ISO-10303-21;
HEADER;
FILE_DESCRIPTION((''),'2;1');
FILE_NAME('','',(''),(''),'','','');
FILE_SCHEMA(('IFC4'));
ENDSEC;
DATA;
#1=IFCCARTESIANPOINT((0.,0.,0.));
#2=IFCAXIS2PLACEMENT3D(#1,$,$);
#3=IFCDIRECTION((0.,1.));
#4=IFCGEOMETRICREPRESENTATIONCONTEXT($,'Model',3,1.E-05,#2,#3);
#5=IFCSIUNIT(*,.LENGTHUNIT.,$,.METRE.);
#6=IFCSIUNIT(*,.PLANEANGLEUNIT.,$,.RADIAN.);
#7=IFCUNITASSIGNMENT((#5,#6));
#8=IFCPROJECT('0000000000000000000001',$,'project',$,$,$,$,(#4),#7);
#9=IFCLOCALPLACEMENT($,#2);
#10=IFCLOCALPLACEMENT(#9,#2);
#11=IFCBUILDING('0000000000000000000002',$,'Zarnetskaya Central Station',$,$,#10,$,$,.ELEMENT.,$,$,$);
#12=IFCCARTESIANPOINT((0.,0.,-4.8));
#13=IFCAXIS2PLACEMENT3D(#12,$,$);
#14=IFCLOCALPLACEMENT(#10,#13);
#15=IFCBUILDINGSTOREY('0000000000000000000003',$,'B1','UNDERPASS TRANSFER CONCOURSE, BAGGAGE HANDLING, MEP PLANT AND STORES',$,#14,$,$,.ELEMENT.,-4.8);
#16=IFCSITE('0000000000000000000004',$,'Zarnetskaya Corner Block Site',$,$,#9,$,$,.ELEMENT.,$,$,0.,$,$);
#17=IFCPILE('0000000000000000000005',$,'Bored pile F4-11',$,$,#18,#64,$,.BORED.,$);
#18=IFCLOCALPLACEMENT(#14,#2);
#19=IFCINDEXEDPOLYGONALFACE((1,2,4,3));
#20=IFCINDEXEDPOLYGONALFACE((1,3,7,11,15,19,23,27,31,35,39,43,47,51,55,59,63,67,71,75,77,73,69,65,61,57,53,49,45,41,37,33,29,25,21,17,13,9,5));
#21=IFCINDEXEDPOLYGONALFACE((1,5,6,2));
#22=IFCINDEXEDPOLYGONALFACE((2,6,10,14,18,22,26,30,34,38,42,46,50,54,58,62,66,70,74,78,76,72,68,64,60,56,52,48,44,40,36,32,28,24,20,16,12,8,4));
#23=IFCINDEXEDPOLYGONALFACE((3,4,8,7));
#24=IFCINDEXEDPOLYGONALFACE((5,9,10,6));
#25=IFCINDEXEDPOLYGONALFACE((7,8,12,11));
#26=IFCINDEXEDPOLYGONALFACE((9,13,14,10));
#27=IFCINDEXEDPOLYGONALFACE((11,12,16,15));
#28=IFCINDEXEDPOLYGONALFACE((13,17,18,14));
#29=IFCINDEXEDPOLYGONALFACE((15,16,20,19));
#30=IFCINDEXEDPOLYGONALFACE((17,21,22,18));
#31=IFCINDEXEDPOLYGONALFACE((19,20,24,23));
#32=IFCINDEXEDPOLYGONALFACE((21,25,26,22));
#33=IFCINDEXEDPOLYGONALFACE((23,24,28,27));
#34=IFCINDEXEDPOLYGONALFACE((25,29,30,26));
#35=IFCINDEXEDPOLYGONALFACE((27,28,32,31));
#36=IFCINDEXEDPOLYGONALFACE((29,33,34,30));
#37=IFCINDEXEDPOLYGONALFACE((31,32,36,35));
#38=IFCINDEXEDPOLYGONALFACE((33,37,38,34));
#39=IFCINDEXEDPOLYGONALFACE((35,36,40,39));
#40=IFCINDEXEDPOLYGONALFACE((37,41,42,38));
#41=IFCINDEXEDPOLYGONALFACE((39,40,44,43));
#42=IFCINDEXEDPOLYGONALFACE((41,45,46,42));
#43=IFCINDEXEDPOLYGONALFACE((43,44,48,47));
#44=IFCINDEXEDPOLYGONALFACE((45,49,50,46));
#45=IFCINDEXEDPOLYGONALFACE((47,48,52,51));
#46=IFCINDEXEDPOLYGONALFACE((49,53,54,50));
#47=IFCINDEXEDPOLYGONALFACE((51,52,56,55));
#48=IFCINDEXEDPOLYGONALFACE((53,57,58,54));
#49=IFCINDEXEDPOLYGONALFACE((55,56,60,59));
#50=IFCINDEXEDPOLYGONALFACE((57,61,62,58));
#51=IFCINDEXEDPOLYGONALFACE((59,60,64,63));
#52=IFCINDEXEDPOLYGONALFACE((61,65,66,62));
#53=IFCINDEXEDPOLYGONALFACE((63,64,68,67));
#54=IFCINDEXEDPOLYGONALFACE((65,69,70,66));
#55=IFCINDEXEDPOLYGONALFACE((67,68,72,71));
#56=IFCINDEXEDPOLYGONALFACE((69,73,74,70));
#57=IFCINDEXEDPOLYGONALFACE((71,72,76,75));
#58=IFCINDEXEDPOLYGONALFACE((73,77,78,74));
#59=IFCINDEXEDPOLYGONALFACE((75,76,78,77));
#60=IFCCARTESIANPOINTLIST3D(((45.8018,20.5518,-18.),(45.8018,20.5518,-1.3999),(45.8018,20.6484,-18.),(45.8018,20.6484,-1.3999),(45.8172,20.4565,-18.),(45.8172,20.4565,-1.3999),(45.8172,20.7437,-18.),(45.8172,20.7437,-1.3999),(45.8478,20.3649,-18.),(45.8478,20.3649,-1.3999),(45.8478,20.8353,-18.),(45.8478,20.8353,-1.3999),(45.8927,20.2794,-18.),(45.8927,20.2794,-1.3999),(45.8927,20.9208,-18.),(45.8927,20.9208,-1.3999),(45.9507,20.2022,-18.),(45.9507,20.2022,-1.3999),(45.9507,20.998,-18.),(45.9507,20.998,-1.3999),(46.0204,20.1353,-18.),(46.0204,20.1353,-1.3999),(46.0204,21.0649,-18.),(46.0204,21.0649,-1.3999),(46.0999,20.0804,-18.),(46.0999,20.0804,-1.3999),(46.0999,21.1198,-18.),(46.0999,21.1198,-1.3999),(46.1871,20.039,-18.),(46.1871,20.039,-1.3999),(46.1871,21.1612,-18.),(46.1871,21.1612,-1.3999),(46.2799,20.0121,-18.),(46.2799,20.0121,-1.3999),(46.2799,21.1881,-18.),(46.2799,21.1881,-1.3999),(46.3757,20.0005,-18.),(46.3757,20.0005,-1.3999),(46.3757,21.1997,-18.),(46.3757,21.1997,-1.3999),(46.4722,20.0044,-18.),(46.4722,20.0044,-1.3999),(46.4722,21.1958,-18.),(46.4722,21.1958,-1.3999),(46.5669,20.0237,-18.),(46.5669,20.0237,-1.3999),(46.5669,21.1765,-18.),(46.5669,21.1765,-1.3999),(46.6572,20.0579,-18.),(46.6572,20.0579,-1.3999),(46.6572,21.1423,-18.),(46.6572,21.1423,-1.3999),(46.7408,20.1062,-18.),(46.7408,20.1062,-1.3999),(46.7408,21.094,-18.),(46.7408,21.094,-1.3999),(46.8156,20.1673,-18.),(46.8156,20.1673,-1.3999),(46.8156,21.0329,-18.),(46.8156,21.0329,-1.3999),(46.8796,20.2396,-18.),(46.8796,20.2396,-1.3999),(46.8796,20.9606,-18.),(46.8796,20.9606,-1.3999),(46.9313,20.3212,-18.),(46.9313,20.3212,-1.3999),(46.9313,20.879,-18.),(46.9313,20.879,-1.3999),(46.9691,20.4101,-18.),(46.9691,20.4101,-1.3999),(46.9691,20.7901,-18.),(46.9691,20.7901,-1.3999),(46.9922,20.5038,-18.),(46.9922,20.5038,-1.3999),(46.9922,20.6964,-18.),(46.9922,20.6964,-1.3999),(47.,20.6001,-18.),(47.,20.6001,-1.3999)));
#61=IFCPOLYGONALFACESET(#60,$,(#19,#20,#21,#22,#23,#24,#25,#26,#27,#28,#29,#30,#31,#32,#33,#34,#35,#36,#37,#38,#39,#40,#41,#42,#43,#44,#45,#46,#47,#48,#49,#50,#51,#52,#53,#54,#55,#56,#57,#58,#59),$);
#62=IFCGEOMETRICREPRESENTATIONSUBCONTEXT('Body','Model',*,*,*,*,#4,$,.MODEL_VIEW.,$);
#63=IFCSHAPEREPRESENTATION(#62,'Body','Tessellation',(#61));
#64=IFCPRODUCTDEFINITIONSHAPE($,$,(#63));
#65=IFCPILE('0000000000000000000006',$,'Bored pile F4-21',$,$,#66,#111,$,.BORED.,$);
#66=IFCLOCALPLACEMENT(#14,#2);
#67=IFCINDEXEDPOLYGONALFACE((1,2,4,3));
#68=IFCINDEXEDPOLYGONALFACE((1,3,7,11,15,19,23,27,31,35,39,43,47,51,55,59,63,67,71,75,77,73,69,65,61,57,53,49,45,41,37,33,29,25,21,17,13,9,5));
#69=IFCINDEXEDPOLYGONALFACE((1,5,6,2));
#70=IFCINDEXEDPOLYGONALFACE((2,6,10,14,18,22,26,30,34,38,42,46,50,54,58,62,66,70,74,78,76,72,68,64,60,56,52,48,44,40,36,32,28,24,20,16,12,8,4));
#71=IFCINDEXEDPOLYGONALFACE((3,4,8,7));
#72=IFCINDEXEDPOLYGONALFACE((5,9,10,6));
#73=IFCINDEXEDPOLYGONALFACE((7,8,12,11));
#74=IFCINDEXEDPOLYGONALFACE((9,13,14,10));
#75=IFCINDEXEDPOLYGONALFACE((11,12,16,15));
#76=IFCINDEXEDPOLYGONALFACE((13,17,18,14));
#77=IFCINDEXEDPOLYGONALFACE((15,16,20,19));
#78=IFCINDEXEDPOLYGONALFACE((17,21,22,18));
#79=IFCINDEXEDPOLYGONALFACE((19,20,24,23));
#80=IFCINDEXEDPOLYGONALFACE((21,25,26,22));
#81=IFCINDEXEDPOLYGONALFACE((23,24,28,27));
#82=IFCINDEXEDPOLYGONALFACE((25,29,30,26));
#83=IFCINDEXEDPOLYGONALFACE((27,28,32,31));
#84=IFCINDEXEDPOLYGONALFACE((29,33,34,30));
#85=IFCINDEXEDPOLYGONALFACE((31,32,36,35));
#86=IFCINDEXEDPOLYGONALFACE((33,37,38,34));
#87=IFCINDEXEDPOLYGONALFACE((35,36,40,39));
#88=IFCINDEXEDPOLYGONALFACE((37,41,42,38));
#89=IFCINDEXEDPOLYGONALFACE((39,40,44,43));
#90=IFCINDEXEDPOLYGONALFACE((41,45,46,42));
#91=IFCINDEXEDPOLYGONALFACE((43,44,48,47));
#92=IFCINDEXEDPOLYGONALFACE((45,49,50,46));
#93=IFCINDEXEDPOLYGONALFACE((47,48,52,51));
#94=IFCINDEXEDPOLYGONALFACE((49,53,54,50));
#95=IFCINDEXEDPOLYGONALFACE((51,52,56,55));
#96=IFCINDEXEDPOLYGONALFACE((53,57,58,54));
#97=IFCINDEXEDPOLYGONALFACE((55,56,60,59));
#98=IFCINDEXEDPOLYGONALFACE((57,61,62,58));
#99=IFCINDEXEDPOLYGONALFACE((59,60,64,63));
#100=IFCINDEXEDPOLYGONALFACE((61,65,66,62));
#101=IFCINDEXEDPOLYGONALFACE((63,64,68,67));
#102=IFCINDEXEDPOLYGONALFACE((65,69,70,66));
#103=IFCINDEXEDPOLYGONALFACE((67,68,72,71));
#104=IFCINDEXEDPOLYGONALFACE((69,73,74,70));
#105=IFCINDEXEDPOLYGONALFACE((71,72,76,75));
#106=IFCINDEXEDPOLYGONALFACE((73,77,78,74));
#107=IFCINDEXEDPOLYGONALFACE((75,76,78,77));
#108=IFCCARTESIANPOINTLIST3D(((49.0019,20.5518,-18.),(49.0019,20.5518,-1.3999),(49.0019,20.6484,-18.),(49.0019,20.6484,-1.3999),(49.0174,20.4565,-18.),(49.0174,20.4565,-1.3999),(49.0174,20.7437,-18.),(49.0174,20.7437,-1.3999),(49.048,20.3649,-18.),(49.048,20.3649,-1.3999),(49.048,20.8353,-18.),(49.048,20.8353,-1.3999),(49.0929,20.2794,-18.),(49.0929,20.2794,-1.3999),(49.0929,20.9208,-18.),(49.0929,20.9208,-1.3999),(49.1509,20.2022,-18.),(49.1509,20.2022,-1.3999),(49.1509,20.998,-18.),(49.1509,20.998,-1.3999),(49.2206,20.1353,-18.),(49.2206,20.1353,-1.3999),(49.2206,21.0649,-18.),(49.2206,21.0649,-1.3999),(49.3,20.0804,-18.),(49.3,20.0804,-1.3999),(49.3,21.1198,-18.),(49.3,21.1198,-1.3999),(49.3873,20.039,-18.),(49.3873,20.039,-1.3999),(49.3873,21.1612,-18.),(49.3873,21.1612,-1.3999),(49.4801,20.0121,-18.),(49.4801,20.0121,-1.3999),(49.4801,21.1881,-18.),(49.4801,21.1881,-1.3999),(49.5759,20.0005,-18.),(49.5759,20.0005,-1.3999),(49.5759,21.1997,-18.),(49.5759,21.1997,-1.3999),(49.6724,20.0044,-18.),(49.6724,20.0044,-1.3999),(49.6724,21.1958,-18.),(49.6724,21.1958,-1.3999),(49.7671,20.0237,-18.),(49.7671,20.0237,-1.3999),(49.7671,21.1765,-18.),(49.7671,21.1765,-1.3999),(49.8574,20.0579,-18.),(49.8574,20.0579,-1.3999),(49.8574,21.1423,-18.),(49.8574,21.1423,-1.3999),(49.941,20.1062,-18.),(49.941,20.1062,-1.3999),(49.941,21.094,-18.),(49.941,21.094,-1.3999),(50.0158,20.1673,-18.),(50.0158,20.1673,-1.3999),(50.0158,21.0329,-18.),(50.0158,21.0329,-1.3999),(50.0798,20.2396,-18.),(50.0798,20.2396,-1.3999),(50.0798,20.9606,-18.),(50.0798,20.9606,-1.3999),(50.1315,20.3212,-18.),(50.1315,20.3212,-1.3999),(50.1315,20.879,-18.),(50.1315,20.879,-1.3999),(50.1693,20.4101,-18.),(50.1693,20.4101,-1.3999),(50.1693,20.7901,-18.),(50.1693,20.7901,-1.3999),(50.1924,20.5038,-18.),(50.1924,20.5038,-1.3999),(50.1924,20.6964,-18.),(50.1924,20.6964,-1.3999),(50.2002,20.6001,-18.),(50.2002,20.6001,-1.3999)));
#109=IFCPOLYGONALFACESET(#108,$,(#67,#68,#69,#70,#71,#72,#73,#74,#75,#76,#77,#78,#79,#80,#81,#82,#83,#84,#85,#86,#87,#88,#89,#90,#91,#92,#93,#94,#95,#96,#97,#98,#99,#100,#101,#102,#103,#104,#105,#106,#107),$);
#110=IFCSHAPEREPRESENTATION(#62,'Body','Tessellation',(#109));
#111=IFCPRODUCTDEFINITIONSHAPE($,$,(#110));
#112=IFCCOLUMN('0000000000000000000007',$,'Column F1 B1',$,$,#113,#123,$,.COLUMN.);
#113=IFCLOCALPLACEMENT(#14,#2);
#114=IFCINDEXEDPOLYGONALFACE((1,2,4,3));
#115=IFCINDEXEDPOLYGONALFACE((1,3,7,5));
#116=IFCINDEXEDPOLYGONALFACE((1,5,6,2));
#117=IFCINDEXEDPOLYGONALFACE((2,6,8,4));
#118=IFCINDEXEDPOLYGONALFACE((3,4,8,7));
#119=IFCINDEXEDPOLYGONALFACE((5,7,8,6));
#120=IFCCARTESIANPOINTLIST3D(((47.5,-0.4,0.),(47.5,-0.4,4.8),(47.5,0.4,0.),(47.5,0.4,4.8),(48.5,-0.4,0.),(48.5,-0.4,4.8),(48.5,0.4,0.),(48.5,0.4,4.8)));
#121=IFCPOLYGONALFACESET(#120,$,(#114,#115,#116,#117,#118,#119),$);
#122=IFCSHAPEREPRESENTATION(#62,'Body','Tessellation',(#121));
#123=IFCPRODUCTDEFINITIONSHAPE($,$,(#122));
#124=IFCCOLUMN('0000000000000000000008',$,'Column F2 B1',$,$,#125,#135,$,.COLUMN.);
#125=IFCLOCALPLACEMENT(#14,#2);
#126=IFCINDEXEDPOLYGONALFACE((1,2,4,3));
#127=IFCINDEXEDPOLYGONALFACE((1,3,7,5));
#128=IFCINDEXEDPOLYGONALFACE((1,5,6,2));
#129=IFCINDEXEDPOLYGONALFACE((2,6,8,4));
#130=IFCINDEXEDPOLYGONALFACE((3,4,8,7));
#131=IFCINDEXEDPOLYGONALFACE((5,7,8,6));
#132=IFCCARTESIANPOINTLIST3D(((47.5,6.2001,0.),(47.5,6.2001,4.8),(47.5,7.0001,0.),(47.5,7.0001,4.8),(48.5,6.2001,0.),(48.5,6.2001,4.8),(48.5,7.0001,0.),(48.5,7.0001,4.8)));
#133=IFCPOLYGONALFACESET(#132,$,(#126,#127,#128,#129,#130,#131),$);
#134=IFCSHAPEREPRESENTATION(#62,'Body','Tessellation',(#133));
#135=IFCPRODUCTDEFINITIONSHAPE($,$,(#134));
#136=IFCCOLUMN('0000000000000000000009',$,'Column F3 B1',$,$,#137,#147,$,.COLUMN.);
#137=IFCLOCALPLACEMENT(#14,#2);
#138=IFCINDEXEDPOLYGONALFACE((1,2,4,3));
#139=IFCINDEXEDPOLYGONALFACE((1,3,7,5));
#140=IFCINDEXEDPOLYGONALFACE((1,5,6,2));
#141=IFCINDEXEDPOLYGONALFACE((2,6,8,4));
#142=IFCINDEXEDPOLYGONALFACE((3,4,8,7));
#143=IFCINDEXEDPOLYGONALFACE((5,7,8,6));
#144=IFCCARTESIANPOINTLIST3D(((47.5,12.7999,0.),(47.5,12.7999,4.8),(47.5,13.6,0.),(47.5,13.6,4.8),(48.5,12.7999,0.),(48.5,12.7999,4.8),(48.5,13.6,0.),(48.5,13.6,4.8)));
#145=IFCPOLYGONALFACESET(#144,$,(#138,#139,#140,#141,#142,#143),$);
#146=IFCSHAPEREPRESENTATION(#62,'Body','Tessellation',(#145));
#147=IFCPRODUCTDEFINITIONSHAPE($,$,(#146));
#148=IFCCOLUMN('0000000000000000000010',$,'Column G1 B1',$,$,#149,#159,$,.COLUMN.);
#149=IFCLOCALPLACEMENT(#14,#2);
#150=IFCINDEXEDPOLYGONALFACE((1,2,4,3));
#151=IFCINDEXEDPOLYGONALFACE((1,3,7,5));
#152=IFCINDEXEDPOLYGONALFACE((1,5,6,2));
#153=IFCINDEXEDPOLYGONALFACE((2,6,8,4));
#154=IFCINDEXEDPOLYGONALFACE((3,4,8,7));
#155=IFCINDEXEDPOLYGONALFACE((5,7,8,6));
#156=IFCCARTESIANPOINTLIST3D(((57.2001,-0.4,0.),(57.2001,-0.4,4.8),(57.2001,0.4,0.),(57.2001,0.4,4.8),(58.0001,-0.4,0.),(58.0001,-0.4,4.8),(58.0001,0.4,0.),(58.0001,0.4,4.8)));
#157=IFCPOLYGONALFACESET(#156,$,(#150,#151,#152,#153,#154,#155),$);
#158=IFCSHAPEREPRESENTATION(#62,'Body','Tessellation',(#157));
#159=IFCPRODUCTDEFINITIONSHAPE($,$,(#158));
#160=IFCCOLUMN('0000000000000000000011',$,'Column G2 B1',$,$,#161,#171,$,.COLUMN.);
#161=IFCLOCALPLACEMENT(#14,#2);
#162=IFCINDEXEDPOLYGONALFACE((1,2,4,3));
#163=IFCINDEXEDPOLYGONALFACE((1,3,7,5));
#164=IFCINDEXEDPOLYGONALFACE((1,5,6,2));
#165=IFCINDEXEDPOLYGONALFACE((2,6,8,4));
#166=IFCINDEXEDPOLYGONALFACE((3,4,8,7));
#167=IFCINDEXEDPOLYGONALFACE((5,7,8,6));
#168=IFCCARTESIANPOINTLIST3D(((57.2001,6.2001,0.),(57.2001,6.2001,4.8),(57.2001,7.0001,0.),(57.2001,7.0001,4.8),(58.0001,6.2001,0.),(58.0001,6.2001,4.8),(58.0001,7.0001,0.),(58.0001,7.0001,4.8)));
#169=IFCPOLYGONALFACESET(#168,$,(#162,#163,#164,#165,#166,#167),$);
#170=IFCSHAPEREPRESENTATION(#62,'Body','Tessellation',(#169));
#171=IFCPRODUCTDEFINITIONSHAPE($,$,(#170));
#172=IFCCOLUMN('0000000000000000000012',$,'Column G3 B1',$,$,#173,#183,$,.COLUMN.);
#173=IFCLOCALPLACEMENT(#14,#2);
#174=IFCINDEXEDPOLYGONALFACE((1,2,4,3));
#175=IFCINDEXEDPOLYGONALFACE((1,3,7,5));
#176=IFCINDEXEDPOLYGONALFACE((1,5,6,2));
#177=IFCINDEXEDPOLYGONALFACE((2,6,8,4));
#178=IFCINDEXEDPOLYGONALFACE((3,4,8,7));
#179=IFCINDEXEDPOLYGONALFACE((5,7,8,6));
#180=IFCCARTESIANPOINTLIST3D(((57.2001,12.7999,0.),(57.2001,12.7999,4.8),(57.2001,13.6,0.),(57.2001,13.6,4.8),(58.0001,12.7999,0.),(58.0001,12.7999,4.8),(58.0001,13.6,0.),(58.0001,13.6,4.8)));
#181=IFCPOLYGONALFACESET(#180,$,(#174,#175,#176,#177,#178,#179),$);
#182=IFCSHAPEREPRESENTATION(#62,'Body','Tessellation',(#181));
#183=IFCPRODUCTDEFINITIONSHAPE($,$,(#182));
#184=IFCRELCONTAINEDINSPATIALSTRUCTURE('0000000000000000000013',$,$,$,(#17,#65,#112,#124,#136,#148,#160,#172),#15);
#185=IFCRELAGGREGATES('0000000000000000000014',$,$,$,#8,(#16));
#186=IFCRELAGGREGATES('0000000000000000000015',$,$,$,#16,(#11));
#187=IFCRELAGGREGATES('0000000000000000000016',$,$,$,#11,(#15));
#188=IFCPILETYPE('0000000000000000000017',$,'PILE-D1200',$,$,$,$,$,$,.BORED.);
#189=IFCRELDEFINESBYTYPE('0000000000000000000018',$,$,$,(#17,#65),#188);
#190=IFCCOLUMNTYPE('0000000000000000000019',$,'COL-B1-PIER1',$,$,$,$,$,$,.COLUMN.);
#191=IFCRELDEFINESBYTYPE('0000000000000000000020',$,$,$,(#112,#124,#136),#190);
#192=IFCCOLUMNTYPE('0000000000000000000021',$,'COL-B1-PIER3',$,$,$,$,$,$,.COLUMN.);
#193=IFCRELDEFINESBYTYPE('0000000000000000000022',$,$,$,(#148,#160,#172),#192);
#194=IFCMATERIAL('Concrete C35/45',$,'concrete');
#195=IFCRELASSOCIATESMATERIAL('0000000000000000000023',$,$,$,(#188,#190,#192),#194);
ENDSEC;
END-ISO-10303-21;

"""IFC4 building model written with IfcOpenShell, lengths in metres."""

from ifc_helpers import new_model, si_unit, direction, frame, origin, origin_2d, place, context, subcontext, project, spatial, rectangle, circle, extrude, material, material_profile, profile_set, type_object, element, save


model = new_model("IFC4")

# Units and contexts
model_context = context("Model", 3, precision=1e-05, world=origin(), true_north=direction((0.0, 1.0)))
body_context = subcontext(model_context, "Body", "Model", "MODEL_VIEW")
ifc_project = project(units=[si_unit("LENGTHUNIT", "METRE"), si_unit("PLANEANGLEUNIT", "RADIAN")], contexts=[model_context])

# Site, building, storey
site_placement = place(None, origin())
site = spatial("IfcSite", under=ifc_project, at=site_placement, Name="Zarnetskaya Corner Block Site", CompositionType="ELEMENT", RefElevation=0.0)
building_placement = place(site_placement, origin())
building = spatial("IfcBuilding", under=site, at=building_placement, Name="Zarnetskaya Central Station", CompositionType="ELEMENT")
storey_placement = place(building_placement, frame((0.0, 0.0, -4.8)))
storey = spatial("IfcBuildingStorey", under=building, at=storey_placement, Name="B1", Description="UNDERPASS TRANSFER CONCOURSE, BAGGAGE HANDLING, MEP PLANT AND STORES", CompositionType="ELEMENT", Elevation=-4.8)

# Shared definitions
ifc_material = material(Name="Concrete C35/45", Category="concrete")

# Piles
ifc_material_profile_1 = material_profile(ifc_material, circle(Radius=0.6001, at=origin_2d()), Name="BORED PILE D1200")
ifc_profile_set_1 = profile_set([ifc_material_profile_1], Name="Concrete C35/45")
pile_type_1 = type_object("IfcPileType", Name="PILE-D1200", PredefinedType="BORED", material=ifc_profile_set_1)
for number, where, z_axis, x_axis, name in (
    (1, (46.3999, 20.6001, -1.3999), (0.0, 0.0, -1.0), (1.0, 0.0, 0.0), "Bored pile F4-11"),
    (2, (49.6001, 20.6001, -1.3999), (0.0, 0.0, -1.0), (1.0, 0.0, 0.0), "Bored pile F4-21"),
):
    element("IfcPile", number, at=place(storey_placement, frame(where, z_axis=z_axis, x_axis=x_axis)), inside=storey, type_object=pile_type_1, Name=name, PredefinedType="BORED", context=body_context, shape_type="SweptSolid", body=[
        extrude(circle(Radius=0.6001, at=origin_2d()), origin(), (0.0, 0.0, 1.0), 16.6001),
    ])

# Columns
ifc_material_profile_2 = material_profile(ifc_material, rectangle(XDim=1.0, YDim=0.8, at=origin_2d()), Name="RC PIER 1000x800")
ifc_profile_set_2 = profile_set([ifc_material_profile_2], Name="Concrete C35/45")
column_type_1 = type_object("IfcColumnType", Name="COL-B1-PIER1", PredefinedType="COLUMN", material=ifc_profile_set_2)
for number, where, z_axis, x_axis, name in (
    (3, (48.0, 0.0, 0.0), (0.0, 0.0, 1.0), (1.0, 0.0, 0.0), "Column F1 B1"),
    (4, (48.0, 6.6001, 0.0), (0.0, 0.0, 1.0), (1.0, 0.0, 0.0), "Column F2 B1"),
    (5, (48.0, 13.2, 0.0), (0.0, 0.0, 1.0), (1.0, 0.0, 0.0), "Column F3 B1"),
):
    element("IfcColumn", number, at=place(storey_placement, frame(where, z_axis=z_axis, x_axis=x_axis)), inside=storey, type_object=column_type_1, Name=name, PredefinedType="COLUMN", context=body_context, shape_type="SweptSolid", body=[
        extrude(rectangle(XDim=1.0, YDim=0.8, at=origin_2d()), origin(), (0.0, 0.0, 1.0), 4.8),
    ])
ifc_material_profile_3 = material_profile(ifc_material, rectangle(XDim=0.8, YDim=0.8, at=origin_2d()), Name="RC 800x800")
ifc_profile_set_3 = profile_set([ifc_material_profile_3], Name="Concrete C35/45")
column_type_2 = type_object("IfcColumnType", Name="COL-B1-PIER3", PredefinedType="COLUMN", material=ifc_profile_set_3)
for number, where, z_axis, x_axis, name in (
    (6, (57.6001, 0.0, 0.0), (0.0, 0.0, 1.0), (1.0, 0.0, 0.0), "Column G1 B1"),
    (7, (57.6001, 6.6001, 0.0), (0.0, 0.0, 1.0), (1.0, 0.0, 0.0), "Column G2 B1"),
    (8, (57.6001, 13.2, 0.0), (0.0, 0.0, 1.0), (1.0, 0.0, 0.0), "Column G3 B1"),
):
    element("IfcColumn", number, at=place(storey_placement, frame(where, z_axis=z_axis, x_axis=x_axis)), inside=storey, type_object=column_type_2, Name=name, PredefinedType="COLUMN", context=body_context, shape_type="SweptSolid", body=[
        extrude(rectangle(XDim=0.8, YDim=0.8, at=origin_2d()), origin(), (0.0, 0.0, 1.0), 4.8),
    ])

save(model, "model.ifc")
